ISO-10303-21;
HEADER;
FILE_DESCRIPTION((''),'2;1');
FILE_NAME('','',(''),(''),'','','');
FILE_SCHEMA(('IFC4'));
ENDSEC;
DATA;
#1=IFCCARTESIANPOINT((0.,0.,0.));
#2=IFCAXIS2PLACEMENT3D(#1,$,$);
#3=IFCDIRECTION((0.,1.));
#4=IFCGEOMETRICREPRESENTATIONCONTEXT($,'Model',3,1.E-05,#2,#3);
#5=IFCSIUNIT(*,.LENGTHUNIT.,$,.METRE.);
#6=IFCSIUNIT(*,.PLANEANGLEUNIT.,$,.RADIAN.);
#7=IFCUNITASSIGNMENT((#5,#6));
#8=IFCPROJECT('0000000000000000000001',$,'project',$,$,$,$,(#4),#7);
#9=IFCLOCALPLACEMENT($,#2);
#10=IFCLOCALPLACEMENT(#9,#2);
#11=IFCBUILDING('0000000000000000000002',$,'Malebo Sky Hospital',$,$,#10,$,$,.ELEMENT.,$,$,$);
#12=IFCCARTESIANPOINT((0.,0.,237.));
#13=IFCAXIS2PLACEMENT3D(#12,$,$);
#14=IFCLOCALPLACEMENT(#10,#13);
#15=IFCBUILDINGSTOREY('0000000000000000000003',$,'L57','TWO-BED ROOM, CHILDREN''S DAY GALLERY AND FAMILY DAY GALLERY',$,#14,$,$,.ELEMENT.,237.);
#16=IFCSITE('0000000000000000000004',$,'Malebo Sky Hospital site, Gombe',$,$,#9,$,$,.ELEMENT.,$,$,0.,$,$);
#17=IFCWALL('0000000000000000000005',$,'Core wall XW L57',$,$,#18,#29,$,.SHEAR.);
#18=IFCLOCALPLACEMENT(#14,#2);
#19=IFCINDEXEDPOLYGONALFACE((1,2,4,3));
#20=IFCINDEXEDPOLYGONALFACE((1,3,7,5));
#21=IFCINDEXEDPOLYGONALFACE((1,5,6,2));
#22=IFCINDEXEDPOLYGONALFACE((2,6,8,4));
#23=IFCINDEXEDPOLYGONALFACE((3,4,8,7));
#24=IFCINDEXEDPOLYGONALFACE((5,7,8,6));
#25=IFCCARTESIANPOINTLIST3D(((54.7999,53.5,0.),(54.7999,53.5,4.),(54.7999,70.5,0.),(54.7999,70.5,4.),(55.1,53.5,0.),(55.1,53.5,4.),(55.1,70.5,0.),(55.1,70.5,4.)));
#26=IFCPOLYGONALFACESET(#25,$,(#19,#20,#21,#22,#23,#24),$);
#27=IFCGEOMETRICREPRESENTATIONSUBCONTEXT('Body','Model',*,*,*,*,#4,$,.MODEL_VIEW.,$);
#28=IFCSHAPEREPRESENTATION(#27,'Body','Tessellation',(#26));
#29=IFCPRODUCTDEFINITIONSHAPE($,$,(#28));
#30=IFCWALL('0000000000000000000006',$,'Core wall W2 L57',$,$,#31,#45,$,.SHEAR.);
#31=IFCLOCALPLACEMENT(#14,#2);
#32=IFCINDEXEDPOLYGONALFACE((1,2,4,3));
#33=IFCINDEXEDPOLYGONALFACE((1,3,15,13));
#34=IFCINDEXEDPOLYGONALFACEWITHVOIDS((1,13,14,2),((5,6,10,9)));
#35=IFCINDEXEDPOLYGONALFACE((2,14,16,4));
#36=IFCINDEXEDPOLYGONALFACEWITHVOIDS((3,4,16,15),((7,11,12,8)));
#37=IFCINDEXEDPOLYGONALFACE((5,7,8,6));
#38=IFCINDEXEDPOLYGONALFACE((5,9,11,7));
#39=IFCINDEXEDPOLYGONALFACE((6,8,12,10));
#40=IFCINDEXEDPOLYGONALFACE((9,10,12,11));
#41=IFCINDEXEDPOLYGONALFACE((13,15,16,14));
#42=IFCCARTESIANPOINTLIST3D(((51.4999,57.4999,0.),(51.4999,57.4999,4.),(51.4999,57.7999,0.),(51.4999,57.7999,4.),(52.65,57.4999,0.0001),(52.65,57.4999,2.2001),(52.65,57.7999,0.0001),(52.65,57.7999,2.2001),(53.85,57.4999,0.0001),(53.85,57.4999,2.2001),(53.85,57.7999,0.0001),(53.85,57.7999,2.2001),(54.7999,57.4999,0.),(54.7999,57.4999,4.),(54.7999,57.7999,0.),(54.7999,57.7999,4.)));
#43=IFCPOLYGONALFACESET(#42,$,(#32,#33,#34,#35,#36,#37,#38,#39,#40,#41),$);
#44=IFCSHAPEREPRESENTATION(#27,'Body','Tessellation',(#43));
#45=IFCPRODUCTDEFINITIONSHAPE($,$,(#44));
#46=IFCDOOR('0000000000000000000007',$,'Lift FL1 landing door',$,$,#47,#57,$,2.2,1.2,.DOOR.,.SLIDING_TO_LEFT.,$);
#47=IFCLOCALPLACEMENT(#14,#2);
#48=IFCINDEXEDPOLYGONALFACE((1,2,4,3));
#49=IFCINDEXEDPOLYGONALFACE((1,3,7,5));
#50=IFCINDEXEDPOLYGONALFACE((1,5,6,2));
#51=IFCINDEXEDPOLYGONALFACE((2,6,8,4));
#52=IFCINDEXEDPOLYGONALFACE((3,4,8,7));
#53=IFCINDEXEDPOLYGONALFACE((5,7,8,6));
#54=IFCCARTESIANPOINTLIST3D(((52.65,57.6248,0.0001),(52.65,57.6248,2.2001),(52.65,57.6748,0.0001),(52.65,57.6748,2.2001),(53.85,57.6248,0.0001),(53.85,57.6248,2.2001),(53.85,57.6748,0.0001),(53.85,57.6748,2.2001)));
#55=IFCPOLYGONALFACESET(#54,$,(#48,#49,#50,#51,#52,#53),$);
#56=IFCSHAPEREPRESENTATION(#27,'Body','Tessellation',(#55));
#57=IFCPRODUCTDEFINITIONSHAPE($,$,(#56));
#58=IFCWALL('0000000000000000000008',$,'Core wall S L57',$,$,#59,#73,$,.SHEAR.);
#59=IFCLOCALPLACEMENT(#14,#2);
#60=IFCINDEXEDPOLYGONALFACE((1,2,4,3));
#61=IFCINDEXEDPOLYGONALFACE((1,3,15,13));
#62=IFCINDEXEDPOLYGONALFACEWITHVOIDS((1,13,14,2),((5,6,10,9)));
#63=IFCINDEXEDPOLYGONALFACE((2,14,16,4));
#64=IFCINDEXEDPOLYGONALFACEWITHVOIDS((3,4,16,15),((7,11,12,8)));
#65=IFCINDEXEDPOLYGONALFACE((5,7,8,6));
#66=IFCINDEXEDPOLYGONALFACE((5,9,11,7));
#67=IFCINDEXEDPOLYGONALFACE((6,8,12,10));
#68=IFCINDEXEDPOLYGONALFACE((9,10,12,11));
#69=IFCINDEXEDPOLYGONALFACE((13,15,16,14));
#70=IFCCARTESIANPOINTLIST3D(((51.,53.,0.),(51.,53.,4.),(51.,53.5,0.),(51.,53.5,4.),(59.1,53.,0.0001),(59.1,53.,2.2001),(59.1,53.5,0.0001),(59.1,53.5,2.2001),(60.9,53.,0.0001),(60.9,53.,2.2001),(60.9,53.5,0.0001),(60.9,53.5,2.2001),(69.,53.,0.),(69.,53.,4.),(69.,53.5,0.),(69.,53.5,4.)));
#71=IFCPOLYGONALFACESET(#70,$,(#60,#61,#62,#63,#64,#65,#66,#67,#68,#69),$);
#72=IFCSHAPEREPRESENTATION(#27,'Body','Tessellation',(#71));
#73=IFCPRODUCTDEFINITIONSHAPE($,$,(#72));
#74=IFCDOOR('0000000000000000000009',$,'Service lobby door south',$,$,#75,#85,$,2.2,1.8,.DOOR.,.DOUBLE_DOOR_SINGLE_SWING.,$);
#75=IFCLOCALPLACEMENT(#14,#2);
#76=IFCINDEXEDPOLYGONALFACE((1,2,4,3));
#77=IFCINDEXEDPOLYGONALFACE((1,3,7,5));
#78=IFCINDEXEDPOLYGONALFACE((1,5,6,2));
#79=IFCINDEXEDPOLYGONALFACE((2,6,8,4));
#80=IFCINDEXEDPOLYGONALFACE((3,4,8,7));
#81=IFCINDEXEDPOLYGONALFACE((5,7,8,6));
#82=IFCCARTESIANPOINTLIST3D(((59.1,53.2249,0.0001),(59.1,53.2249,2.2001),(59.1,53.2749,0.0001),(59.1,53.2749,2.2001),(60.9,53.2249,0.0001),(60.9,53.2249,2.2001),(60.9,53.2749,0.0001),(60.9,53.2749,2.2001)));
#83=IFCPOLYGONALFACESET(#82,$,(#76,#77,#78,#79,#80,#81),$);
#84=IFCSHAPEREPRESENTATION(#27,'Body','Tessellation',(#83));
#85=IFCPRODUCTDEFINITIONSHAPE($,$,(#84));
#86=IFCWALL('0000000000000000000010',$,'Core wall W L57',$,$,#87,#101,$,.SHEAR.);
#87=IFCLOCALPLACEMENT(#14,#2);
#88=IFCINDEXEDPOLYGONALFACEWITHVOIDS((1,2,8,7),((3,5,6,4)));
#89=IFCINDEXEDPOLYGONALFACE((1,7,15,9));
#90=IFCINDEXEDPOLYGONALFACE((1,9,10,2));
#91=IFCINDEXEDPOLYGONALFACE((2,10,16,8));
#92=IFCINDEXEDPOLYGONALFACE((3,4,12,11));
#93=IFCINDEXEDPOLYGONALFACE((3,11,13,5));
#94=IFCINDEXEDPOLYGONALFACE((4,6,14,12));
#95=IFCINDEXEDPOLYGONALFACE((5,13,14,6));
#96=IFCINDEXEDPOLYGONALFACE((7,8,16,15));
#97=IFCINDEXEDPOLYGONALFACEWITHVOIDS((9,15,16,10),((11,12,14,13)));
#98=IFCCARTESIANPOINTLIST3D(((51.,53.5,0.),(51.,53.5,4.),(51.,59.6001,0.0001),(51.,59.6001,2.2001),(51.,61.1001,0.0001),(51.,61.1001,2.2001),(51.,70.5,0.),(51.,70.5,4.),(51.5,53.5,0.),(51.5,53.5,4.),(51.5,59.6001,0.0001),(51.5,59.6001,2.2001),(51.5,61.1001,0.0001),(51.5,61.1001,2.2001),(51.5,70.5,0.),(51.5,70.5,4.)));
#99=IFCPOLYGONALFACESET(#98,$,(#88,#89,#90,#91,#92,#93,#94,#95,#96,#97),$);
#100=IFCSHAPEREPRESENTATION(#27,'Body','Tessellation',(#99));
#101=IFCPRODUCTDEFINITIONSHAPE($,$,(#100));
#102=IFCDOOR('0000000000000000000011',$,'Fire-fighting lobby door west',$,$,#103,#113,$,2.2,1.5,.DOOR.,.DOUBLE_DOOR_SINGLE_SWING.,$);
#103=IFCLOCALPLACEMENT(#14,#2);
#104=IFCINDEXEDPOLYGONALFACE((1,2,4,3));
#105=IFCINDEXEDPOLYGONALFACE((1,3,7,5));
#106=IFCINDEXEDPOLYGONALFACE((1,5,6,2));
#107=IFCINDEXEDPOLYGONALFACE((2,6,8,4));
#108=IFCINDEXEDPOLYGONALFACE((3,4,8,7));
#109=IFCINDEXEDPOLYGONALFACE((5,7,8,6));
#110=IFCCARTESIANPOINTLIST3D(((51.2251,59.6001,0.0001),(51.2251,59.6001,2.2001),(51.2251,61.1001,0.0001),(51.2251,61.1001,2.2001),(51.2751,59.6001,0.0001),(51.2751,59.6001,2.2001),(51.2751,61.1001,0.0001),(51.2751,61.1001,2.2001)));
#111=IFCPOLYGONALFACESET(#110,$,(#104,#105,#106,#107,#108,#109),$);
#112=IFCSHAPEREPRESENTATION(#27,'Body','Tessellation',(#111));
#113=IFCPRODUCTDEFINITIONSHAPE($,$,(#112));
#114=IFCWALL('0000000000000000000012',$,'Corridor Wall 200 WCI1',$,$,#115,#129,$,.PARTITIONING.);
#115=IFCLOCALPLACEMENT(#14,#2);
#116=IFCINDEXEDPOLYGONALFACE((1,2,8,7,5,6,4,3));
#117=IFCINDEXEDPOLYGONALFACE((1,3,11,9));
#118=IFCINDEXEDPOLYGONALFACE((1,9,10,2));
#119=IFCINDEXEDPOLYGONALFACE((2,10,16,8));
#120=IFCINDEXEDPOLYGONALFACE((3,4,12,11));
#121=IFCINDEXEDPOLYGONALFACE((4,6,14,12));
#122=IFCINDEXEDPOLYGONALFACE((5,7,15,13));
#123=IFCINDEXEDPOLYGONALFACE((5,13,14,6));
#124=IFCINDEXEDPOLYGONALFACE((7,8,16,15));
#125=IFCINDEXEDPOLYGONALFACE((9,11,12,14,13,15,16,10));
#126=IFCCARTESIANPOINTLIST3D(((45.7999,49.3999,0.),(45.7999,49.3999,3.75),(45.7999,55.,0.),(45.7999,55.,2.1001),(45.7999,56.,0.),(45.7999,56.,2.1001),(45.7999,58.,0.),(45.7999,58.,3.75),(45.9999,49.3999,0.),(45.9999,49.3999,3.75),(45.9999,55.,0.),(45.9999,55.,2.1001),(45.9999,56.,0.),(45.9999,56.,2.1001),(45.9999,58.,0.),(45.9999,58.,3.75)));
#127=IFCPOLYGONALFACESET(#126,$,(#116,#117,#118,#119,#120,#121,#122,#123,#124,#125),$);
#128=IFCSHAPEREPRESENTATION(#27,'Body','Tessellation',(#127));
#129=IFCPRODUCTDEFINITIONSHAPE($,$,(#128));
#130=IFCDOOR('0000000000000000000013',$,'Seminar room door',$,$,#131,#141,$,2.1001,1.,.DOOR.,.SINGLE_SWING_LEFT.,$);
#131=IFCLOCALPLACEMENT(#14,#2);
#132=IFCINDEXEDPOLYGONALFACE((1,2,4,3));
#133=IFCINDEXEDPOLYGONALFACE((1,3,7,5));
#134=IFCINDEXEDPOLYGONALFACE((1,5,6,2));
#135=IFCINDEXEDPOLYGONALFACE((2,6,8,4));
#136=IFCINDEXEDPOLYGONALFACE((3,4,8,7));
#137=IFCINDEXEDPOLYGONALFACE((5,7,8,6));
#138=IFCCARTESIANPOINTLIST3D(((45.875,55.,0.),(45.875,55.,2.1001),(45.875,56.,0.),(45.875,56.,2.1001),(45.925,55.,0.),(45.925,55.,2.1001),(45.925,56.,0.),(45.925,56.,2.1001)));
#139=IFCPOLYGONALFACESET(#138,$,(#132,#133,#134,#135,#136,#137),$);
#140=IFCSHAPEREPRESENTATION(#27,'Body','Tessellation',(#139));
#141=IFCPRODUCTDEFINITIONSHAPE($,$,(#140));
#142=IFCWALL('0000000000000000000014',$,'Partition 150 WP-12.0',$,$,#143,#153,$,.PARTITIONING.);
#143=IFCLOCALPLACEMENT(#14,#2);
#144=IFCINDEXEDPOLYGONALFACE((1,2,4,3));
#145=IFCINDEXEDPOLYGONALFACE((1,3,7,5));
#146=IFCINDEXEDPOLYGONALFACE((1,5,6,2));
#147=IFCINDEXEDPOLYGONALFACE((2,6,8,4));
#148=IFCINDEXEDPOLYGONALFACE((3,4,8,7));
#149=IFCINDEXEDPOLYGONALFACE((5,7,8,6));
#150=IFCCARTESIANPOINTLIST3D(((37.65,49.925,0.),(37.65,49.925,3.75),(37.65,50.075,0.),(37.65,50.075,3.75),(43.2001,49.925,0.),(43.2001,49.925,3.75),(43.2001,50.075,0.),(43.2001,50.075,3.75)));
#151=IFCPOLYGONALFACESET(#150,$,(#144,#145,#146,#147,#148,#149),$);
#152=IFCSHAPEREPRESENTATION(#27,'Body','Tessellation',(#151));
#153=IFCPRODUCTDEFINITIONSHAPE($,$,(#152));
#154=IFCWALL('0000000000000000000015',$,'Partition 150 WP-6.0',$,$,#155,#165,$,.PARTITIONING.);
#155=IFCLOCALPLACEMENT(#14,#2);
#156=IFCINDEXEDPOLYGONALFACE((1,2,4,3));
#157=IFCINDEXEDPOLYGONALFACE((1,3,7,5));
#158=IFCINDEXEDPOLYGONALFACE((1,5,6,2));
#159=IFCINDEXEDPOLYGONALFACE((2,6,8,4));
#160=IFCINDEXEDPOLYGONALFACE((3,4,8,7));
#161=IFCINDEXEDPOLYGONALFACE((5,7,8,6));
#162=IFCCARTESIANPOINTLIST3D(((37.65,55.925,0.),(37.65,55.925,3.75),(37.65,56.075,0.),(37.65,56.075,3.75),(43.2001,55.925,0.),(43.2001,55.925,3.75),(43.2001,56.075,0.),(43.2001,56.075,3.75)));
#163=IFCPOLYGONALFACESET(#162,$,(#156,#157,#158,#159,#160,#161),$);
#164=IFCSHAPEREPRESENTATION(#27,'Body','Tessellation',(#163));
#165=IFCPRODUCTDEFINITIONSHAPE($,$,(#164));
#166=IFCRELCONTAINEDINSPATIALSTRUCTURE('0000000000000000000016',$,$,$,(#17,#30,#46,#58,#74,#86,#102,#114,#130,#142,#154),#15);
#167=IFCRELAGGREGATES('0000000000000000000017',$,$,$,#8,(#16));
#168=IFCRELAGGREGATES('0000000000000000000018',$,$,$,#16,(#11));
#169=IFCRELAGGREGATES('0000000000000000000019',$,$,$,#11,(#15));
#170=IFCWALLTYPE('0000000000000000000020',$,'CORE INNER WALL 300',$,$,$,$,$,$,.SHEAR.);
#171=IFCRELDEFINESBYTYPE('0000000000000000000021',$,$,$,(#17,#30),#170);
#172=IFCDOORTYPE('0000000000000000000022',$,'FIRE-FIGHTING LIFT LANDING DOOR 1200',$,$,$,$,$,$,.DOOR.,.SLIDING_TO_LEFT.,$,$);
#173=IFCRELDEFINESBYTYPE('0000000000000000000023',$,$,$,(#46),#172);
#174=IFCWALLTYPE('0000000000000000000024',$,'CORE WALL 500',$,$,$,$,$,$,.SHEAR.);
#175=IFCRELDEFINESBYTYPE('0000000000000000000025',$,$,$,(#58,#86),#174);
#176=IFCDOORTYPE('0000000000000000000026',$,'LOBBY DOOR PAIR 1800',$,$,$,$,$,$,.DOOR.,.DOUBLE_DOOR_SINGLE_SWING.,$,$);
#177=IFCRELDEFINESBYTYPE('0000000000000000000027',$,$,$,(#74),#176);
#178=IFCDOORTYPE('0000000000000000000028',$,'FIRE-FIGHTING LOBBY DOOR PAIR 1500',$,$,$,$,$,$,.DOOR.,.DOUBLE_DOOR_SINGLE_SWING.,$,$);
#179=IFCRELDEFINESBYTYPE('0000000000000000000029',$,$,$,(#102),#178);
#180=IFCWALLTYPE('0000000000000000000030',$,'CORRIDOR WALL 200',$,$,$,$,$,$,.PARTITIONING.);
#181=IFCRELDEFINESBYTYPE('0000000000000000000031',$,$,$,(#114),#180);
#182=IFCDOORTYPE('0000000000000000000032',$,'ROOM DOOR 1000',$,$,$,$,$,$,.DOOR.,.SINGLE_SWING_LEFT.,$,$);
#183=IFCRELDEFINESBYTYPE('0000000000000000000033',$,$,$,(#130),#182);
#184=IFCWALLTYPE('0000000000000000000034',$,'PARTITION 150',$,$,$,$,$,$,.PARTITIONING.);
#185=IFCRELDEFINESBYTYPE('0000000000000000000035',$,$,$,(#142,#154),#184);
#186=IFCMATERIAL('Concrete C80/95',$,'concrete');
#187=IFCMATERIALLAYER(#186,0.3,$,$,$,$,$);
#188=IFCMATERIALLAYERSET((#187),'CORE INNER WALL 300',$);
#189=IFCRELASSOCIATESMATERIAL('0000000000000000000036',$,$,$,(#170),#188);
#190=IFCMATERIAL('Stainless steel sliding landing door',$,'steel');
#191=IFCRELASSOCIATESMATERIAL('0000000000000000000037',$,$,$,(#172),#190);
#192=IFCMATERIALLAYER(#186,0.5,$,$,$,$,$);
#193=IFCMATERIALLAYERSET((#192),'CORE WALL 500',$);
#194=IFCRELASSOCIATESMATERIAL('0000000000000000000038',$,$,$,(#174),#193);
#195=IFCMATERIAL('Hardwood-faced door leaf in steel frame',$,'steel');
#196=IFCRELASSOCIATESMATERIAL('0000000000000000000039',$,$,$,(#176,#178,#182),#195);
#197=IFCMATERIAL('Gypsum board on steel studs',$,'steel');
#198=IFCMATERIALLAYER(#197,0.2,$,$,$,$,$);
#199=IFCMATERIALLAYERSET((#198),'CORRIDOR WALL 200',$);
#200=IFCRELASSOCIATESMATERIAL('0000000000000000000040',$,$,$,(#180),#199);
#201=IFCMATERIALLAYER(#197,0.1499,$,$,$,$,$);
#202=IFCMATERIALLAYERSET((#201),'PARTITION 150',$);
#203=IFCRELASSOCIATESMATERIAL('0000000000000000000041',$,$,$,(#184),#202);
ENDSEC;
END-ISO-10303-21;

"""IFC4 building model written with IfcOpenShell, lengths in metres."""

from ifc_helpers import new_model, si_unit, direction, frame, frame_2d, origin, place, context, subcontext, project, spatial, rectangle, extrude, material, layer, layer_set, type_object, element, fill, save


model = new_model("IFC4")

# Units and contexts
model_context = context("Model", 3, precision=1e-05, world=origin(), true_north=direction((0.0, 1.0)))
body_context = subcontext(model_context, "Body", "Model", "MODEL_VIEW")
ifc_project = project(units=[si_unit("LENGTHUNIT", "METRE"), si_unit("PLANEANGLEUNIT", "RADIAN")], contexts=[model_context])

# Site, building, storey
site_placement = place(None, origin())
site = spatial("IfcSite", under=ifc_project, at=site_placement, Name="Malebo Sky Hospital site, Gombe", CompositionType="ELEMENT", RefElevation=0.0)
building_placement = place(site_placement, origin())
building = spatial("IfcBuilding", under=site, at=building_placement, Name="Malebo Sky Hospital", CompositionType="ELEMENT")
storey_placement = place(building_placement, frame((0.0, 0.0, 237.0)))
storey = spatial("IfcBuildingStorey", under=building, at=storey_placement, Name="L57", Description="TWO-BED ROOM, CHILDREN'S DAY GALLERY AND FAMILY DAY GALLERY", CompositionType="ELEMENT", Elevation=237.0)

# Wall
ifc_material_1 = material(Name="Concrete C80/95", Category="concrete")
ifc_layer_1 = layer(ifc_material_1, 0.3)
ifc_layer_set_1 = layer_set([ifc_layer_1], Name="CORE INNER WALL 300")
wall_type_1 = type_object("IfcWallType", Name="CORE INNER WALL 300", PredefinedType="SHEAR", material=ifc_layer_set_1)
wall_1_placement = place(storey_placement, frame((54.95, 53.5, 0.0), z_axis=(0.0, 0.0, 1.0), x_axis=(0.0, 1.0, 0.0)))
element("IfcWall", 1, at=wall_1_placement, inside=storey, type_object=wall_type_1, Name="Core wall XW L57", PredefinedType="SHEAR", context=body_context, shape_type="SweptSolid", body=[
    extrude(rectangle(XDim=17.0, YDim=0.3, at=frame_2d((8.5, 0.0))), origin(), (0.0, 0.0, 1.0), 4.0),
])

# Walls, openings, doors
wall_2_placement = place(storey_placement, frame((51.5, 57.6499, 0.0), z_axis=(0.0, 0.0, 1.0), x_axis=(1.0, 0.0, 0.0)))
wall_2 = element("IfcWall", 2, at=wall_2_placement, inside=storey, type_object=wall_type_1, Name="Core wall W2 L57", PredefinedType="SHEAR", context=body_context, shape_type="SweptSolid", body=[
    extrude(rectangle(XDim=3.3, YDim=0.3, at=frame_2d((1.6499, 0.0))), origin(), (0.0, 0.0, 1.0), 4.0),
])
opening_1_placement = place(wall_2_placement, frame((1.1499, 0.0, 0.0)))
opening_1 = element("IfcOpeningElement", 3, at=opening_1_placement, cuts=wall_2, PredefinedType="OPENING", context=body_context, shape_type="SweptSolid", body=[
    extrude(rectangle(XDim=1.2, YDim=2.2, at=frame_2d((0.6001, 1.1001))), frame((0.0, 0.1599, 0.0), z_axis=(0.0, -1.0, 0.0), x_axis=(1.0, 0.0, 0.0)), (0.0, 0.0, 1.0), 0.3201),
])
ifc_material_2 = material(Name="Stainless steel sliding landing door", Category="steel")
door_type_1 = type_object("IfcDoorType", Name="FIRE-FIGHTING LIFT LANDING DOOR 1200", OperationType="SLIDING_TO_LEFT", PredefinedType="DOOR", material=ifc_material_2)
door_1_placement = place(opening_1_placement, origin())
door_1 = element("IfcDoor", 4, at=door_1_placement, inside=storey, type_object=door_type_1, Name="Lift FL1 landing door", OperationType="SLIDING_TO_LEFT", OverallHeight=2.2, OverallWidth=1.2, PredefinedType="DOOR", context=body_context, shape_type="SweptSolid", body=[
    extrude(rectangle(XDim=1.2, YDim=2.2, at=frame_2d((0.6001, 1.1001))), frame((0.0, 0.0249, 0.0), z_axis=(0.0, -1.0, 0.0), x_axis=(1.0, 0.0, 0.0)), (0.0, 0.0, 1.0), 0.05),
])
fill(opening_1, door_1)
ifc_layer_2 = layer(ifc_material_1, 0.5)
ifc_layer_set_2 = layer_set([ifc_layer_2], Name="CORE WALL 500")
wall_type_2 = type_object("IfcWallType", Name="CORE WALL 500", PredefinedType="SHEAR", material=ifc_layer_set_2)
wall_3_placement = place(storey_placement, frame((51.0, 53.25, 0.0), z_axis=(0.0, 0.0, 1.0), x_axis=(1.0, 0.0, 0.0)))
wall_3 = element("IfcWall", 5, at=wall_3_placement, inside=storey, type_object=wall_type_2, Name="Core wall S L57", PredefinedType="SHEAR", context=body_context, shape_type="SweptSolid", body=[
    extrude(rectangle(XDim=18.0, YDim=0.5, at=frame_2d((9.0, 0.0))), origin(), (0.0, 0.0, 1.0), 4.0),
])
opening_2_placement = place(wall_3_placement, frame((8.1001, 0.0, 0.0)))
opening_2 = element("IfcOpeningElement", 6, at=opening_2_placement, cuts=wall_3, PredefinedType="OPENING", context=body_context, shape_type="SweptSolid", body=[
    extrude(rectangle(XDim=1.8, YDim=2.2, at=frame_2d((0.8999, 1.1001))), frame((0.0, 0.26, 0.0), z_axis=(0.0, -1.0, 0.0), x_axis=(1.0, 0.0, 0.0)), (0.0, 0.0, 1.0), 0.52),
])
ifc_material_3 = material(Name="Hardwood-faced door leaf in steel frame", Category="steel")
door_type_2 = type_object("IfcDoorType", Name="LOBBY DOOR PAIR 1800", OperationType="DOUBLE_DOOR_SINGLE_SWING", PredefinedType="DOOR", material=ifc_material_3)
door_2_placement = place(opening_2_placement, origin())
door_2 = element("IfcDoor", 7, at=door_2_placement, inside=storey, type_object=door_type_2, Name="Service lobby door south", OperationType="DOUBLE_DOOR_SINGLE_SWING", OverallHeight=2.2, OverallWidth=1.8, PredefinedType="DOOR", context=body_context, shape_type="SweptSolid", body=[
    extrude(rectangle(XDim=1.8, YDim=2.2, at=frame_2d((0.8999, 1.1001))), frame((0.0, 0.0249, 0.0), z_axis=(0.0, -1.0, 0.0), x_axis=(1.0, 0.0, 0.0)), (0.0, 0.0, 1.0), 0.05),
])
fill(opening_2, door_2)
wall_4_placement = place(storey_placement, frame((51.25, 53.5, 0.0), z_axis=(0.0, 0.0, 1.0), x_axis=(0.0, 1.0, 0.0)))
wall_4 = element("IfcWall", 8, at=wall_4_placement, inside=storey, type_object=wall_type_2, Name="Core wall W L57", PredefinedType="SHEAR", context=body_context, shape_type="SweptSolid", body=[
    extrude(rectangle(XDim=17.0, YDim=0.5, at=frame_2d((8.5, 0.0))), origin(), (0.0, 0.0, 1.0), 4.0),
])
opening_3_placement = place(wall_4_placement, frame((6.1001, 0.0, 0.0)))
opening_3 = element("IfcOpeningElement", 9, at=opening_3_placement, cuts=wall_4, PredefinedType="OPENING", context=body_context, shape_type="SweptSolid", body=[
    extrude(rectangle(XDim=1.5, YDim=2.2, at=frame_2d((0.75, 1.1001))), frame((0.0, 0.26, 0.0), z_axis=(0.0, -1.0, 0.0), x_axis=(1.0, 0.0, 0.0)), (0.0, 0.0, 1.0), 0.52),
])
door_type_3 = type_object("IfcDoorType", Name="FIRE-FIGHTING LOBBY DOOR PAIR 1500", OperationType="DOUBLE_DOOR_SINGLE_SWING", PredefinedType="DOOR", material=ifc_material_3)
door_3_placement = place(opening_3_placement, origin())
door_3 = element("IfcDoor", 10, at=door_3_placement, inside=storey, type_object=door_type_3, Name="Fire-fighting lobby door west", OperationType="DOUBLE_DOOR_SINGLE_SWING", OverallHeight=2.2, OverallWidth=1.5, PredefinedType="DOOR", context=body_context, shape_type="SweptSolid", body=[
    extrude(rectangle(XDim=1.5, YDim=2.2, at=frame_2d((0.75, 1.1001))), frame((0.0, 0.0249, 0.0), z_axis=(0.0, -1.0, 0.0), x_axis=(1.0, 0.0, 0.0)), (0.0, 0.0, 1.0), 0.05),
])
fill(opening_3, door_3)
ifc_material_4 = material(Name="Gypsum board on steel studs", Category="steel")
ifc_layer_3 = layer(ifc_material_4, 0.2)
ifc_layer_set_3 = layer_set([ifc_layer_3], Name="CORRIDOR WALL 200")
wall_type_3 = type_object("IfcWallType", Name="CORRIDOR WALL 200", PredefinedType="PARTITIONING", material=ifc_layer_set_3)
wall_5_placement = place(storey_placement, frame((45.8999, 49.3999, 0.0), z_axis=(0.0, 0.0, 1.0), x_axis=(0.0, 1.0, 0.0)))
wall_5 = element("IfcWall", 11, at=wall_5_placement, inside=storey, type_object=wall_type_3, Name="Corridor Wall 200 WCI1", PredefinedType="PARTITIONING", context=body_context, shape_type="SweptSolid", body=[
    extrude(rectangle(XDim=8.6001, YDim=0.2, at=frame_2d((4.3, 0.0))), origin(), (0.0, 0.0, 1.0), 3.75),
])
opening_4_placement = place(wall_5_placement, frame((5.6001, 0.0, 0.0)))
opening_4 = element("IfcOpeningElement", 12, at=opening_4_placement, cuts=wall_5, PredefinedType="OPENING", context=body_context, shape_type="SweptSolid", body=[
    extrude(rectangle(XDim=1.0, YDim=2.1001, at=frame_2d((0.5, 1.05))), frame((0.0, 0.1099, 0.0), z_axis=(0.0, -1.0, 0.0), x_axis=(1.0, 0.0, 0.0)), (0.0, 0.0, 1.0), 0.22),
])
door_type_4 = type_object("IfcDoorType", Name="ROOM DOOR 1000", OperationType="SINGLE_SWING_LEFT", PredefinedType="DOOR", material=ifc_material_3)
door_4_placement = place(opening_4_placement, origin())
door_4 = element("IfcDoor", 13, at=door_4_placement, inside=storey, type_object=door_type_4, Name="Seminar room door", OperationType="SINGLE_SWING_LEFT", OverallHeight=2.1001, OverallWidth=1.0, PredefinedType="DOOR", context=body_context, shape_type="SweptSolid", body=[
    extrude(rectangle(XDim=1.0, YDim=2.1001, at=frame_2d((0.5, 1.05))), frame((0.0, 0.0249, 0.0), z_axis=(0.0, -1.0, 0.0), x_axis=(1.0, 0.0, 0.0)), (0.0, 0.0, 1.0), 0.05),
])
fill(opening_4, door_4)

# Walls
ifc_layer_4 = layer(ifc_material_4, 0.1499)
ifc_layer_set_4 = layer_set([ifc_layer_4], Name="PARTITION 150")
wall_type_4 = type_object("IfcWallType", Name="PARTITION 150", PredefinedType="PARTITIONING", material=ifc_layer_set_4)
for number, where, z_axis, x_axis, name in (
    (14, (43.2, 50.0, 0.0), (0.0, 0.0, 1.0), (-1.0, 0.0, 0.0), "Partition 150 WP-12.0"),
    (15, (43.2, 56.0, 0.0), (0.0, 0.0, 1.0), (-1.0, 0.0, 0.0), "Partition 150 WP-6.0"),
):
    element("IfcWall", number, at=place(storey_placement, frame(where, z_axis=z_axis, x_axis=x_axis)), inside=storey, type_object=wall_type_4, Name=name, PredefinedType="PARTITIONING", context=body_context, shape_type="SweptSolid", body=[
        extrude(rectangle(XDim=5.55, YDim=0.1499, at=frame_2d((2.7749, 0.0))), origin(), (0.0, 0.0, 1.0), 3.75),
    ])

save(model, "model.ifc")
